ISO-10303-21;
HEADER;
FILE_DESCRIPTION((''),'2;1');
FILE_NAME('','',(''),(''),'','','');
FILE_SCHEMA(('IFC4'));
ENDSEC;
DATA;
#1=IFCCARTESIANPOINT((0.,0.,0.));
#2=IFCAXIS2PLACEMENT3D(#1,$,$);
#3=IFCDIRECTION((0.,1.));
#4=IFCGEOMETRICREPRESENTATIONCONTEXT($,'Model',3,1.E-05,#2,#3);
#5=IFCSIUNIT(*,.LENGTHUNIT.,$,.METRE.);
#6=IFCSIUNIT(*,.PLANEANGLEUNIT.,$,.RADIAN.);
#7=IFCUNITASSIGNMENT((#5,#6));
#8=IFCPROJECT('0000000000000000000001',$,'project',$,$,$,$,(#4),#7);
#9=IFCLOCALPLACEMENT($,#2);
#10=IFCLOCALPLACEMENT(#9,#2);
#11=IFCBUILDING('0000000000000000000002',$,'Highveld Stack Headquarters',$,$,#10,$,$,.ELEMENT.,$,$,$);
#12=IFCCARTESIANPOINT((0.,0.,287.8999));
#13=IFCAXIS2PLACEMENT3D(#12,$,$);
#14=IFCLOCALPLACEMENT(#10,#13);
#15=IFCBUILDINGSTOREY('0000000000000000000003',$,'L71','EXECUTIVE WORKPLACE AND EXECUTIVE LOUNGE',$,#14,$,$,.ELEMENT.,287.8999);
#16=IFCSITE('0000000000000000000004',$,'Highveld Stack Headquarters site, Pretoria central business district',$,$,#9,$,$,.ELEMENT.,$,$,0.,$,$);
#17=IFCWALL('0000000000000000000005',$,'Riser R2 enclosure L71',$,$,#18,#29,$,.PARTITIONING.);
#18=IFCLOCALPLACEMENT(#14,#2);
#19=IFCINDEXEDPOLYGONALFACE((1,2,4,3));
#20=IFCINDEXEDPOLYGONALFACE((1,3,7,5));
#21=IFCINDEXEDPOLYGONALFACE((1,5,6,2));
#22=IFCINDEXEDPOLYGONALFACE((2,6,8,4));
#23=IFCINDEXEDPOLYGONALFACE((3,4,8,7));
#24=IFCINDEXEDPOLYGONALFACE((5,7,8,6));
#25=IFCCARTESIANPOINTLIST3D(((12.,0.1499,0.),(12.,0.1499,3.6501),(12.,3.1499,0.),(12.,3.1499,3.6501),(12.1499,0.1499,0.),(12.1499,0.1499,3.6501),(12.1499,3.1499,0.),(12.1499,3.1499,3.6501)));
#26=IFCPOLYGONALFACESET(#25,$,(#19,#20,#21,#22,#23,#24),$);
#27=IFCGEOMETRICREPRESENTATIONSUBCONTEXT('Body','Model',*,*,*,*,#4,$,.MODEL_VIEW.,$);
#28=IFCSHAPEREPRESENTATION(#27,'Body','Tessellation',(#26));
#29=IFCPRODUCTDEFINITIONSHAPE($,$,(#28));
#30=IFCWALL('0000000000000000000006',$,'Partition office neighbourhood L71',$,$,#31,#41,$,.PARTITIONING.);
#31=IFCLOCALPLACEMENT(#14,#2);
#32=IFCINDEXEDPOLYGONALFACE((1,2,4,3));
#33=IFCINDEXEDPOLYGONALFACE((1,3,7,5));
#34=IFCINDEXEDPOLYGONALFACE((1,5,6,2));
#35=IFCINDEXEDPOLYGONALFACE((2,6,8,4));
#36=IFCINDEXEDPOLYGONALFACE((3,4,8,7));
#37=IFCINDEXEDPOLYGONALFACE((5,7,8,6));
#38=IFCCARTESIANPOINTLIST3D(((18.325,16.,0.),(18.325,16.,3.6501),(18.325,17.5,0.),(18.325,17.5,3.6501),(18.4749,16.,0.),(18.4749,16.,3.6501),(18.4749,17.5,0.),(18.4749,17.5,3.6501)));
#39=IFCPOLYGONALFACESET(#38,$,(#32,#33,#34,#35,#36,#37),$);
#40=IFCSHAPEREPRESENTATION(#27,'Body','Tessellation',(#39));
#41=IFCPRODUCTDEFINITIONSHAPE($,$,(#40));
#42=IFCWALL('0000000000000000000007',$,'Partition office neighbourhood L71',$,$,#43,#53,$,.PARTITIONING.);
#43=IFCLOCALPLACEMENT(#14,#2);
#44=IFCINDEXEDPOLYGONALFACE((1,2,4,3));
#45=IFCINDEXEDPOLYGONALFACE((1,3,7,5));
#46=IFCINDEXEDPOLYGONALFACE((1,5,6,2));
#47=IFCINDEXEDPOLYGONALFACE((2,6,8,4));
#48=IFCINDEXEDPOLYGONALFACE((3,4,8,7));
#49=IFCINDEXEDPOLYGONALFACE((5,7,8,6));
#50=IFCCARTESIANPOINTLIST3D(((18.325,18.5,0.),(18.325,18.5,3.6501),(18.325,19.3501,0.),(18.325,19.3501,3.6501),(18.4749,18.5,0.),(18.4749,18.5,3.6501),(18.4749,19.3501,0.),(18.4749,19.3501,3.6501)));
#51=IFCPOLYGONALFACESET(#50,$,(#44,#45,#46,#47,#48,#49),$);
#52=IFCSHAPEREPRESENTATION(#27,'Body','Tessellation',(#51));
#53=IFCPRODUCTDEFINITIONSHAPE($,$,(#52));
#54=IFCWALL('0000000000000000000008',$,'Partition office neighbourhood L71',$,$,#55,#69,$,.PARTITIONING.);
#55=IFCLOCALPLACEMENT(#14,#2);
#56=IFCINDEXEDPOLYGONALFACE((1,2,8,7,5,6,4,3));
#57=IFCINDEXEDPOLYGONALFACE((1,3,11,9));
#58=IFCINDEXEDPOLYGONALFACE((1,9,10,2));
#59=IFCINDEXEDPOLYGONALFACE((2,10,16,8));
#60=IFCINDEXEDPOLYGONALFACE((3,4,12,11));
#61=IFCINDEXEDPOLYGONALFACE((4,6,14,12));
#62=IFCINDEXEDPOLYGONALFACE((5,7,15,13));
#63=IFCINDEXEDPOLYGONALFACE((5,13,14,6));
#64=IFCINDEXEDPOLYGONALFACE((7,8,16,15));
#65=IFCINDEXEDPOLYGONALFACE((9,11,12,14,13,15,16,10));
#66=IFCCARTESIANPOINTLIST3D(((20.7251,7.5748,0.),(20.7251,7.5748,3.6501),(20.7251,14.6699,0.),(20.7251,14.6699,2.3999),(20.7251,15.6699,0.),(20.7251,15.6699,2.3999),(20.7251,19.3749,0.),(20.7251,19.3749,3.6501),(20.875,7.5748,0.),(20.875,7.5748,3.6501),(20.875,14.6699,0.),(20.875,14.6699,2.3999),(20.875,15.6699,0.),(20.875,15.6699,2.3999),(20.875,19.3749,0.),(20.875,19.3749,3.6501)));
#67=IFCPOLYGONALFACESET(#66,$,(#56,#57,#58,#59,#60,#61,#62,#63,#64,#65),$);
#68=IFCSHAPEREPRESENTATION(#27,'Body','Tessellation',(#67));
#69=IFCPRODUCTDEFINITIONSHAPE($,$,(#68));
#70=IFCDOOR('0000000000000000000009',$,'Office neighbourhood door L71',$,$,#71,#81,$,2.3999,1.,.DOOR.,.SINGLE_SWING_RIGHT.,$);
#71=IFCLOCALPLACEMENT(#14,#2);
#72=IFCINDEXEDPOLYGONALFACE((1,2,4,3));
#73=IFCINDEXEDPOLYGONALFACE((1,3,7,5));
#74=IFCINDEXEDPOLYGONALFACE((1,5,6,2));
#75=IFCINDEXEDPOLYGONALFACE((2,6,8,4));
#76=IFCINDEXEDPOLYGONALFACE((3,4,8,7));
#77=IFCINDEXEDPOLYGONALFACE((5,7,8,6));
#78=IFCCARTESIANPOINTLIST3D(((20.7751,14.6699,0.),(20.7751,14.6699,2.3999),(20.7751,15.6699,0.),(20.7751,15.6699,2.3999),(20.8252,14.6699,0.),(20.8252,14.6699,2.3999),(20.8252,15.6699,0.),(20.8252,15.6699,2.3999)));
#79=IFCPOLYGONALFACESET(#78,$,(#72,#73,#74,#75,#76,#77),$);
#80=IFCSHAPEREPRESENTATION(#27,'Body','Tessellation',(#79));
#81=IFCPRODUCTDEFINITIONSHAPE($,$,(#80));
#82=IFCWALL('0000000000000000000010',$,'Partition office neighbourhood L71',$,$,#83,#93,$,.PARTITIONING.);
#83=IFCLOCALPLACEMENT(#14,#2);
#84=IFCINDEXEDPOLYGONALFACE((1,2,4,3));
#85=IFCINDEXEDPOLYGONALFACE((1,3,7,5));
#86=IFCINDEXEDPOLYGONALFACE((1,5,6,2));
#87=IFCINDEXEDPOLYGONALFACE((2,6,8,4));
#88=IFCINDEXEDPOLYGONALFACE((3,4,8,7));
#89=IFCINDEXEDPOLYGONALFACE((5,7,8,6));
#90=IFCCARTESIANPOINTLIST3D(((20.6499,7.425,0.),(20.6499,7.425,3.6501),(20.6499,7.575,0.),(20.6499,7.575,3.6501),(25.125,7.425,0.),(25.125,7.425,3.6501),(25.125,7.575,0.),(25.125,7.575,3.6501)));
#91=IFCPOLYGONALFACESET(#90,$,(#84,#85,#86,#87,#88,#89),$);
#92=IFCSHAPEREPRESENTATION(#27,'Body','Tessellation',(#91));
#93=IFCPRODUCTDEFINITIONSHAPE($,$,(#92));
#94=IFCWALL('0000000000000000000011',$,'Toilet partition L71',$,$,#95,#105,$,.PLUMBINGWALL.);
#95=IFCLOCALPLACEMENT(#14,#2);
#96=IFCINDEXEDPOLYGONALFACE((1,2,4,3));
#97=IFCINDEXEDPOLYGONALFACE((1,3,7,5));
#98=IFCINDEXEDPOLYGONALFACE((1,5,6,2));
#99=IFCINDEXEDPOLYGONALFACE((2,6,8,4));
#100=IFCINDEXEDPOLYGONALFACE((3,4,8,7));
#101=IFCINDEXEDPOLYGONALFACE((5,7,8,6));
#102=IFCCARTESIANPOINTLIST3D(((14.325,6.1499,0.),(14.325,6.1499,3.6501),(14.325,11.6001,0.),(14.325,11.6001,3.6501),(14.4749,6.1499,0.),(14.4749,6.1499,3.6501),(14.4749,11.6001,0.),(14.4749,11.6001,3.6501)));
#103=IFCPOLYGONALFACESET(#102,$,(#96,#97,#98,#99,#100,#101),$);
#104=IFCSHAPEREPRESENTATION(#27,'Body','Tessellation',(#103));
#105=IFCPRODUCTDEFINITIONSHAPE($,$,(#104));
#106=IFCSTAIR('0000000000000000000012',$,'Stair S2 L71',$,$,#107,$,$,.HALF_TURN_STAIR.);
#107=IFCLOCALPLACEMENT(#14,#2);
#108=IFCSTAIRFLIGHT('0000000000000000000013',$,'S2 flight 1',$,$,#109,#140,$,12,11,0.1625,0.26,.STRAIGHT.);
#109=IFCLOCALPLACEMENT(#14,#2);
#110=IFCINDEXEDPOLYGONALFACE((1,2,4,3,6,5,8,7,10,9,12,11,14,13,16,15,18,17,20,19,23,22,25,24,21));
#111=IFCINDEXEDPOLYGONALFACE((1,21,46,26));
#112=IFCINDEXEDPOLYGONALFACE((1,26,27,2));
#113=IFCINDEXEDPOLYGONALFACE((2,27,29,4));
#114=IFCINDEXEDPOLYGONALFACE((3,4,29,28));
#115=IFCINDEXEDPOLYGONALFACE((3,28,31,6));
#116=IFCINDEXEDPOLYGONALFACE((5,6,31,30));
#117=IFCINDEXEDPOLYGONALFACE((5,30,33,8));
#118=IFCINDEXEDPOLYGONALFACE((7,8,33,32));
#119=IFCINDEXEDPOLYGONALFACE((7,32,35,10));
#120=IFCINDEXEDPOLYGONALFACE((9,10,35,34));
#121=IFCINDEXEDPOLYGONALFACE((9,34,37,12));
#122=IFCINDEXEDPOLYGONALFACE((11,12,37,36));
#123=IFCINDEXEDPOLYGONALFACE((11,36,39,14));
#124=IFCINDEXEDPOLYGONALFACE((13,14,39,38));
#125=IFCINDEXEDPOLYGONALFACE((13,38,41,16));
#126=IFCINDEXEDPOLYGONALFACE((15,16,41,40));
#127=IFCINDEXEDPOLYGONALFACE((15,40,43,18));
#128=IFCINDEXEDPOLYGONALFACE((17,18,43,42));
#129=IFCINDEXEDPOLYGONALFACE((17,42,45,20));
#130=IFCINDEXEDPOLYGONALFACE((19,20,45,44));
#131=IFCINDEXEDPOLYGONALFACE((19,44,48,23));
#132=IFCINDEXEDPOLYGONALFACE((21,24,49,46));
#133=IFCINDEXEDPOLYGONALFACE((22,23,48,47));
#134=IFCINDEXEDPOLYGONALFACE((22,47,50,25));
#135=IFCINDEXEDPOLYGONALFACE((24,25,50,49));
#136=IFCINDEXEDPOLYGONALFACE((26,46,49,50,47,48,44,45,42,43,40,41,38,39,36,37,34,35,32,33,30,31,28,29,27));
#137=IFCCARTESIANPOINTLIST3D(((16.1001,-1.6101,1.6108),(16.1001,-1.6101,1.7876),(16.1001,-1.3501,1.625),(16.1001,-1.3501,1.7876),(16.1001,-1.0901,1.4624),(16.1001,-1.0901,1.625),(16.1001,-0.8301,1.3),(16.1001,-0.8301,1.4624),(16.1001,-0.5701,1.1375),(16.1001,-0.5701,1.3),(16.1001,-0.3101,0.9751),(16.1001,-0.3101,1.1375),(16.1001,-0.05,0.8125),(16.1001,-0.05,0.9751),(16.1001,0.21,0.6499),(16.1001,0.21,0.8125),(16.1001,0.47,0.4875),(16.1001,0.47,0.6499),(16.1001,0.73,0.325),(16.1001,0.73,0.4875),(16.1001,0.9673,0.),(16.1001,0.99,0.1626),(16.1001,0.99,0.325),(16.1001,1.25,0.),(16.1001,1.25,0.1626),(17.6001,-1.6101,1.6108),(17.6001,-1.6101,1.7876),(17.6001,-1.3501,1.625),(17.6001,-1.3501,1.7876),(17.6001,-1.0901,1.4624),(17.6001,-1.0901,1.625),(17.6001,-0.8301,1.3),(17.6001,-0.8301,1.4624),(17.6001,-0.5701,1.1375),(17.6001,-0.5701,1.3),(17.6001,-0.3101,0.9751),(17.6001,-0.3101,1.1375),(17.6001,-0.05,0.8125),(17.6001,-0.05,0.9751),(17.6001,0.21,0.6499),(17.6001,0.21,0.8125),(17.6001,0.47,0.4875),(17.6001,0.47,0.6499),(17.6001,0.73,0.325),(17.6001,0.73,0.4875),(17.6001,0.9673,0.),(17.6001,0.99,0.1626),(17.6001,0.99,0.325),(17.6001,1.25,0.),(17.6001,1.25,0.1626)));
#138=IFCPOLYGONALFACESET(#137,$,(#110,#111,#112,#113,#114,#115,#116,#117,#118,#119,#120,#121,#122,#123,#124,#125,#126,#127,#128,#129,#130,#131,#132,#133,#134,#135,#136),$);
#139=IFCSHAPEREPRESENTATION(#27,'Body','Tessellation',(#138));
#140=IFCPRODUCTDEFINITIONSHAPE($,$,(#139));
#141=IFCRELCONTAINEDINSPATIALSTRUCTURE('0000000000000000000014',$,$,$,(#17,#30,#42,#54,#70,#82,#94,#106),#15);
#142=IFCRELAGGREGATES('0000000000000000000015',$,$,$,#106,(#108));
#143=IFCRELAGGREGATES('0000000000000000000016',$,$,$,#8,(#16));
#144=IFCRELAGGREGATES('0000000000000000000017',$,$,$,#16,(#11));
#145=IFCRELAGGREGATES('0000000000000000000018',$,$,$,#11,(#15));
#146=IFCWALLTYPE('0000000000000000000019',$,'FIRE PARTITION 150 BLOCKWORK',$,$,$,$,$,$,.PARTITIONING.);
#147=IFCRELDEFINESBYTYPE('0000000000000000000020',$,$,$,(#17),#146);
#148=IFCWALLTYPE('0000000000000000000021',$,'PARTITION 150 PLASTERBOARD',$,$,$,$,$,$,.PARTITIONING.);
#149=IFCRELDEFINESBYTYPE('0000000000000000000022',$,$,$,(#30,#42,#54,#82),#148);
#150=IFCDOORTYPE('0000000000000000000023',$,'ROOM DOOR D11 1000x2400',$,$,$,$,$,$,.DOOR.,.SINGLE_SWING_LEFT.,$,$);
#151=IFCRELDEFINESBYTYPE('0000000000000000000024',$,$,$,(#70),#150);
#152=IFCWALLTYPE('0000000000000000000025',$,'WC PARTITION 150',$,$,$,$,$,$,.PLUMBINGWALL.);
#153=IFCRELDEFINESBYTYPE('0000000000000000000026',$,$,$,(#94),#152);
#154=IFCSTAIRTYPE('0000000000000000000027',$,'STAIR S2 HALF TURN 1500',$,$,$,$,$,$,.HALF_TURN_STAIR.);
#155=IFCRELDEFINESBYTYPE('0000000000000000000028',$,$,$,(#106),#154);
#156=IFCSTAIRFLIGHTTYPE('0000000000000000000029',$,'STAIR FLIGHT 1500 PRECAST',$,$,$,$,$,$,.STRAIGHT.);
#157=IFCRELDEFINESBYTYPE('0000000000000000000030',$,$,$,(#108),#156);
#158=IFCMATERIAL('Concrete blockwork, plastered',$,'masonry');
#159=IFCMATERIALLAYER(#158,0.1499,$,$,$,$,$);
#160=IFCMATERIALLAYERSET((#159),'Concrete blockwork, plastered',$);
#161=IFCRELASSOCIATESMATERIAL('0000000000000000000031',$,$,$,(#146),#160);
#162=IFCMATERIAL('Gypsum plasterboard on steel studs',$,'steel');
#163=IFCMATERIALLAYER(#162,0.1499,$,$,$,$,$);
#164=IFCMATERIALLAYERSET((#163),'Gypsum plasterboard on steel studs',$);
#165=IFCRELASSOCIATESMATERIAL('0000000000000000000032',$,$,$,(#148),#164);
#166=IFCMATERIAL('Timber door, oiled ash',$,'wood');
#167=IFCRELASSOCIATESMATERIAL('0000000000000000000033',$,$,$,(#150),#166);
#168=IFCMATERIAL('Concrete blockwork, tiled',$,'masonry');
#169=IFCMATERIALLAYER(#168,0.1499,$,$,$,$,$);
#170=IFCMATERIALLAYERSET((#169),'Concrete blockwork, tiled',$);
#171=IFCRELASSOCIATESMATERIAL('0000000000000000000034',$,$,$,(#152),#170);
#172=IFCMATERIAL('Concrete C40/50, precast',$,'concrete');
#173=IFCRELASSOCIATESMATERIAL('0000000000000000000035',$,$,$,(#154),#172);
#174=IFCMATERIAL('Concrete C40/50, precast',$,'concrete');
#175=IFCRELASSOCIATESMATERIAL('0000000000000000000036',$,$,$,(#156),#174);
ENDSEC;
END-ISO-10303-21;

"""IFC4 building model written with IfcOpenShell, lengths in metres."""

from ifc_helpers import new_model, si_unit, direction, frame, frame_2d, origin, place, context, subcontext, project, spatial, polyline, rectangle, outline, extrude, material, layer, layer_set, type_object, element, fill, aggregate, save


model = new_model("IFC4")

# Units and contexts
model_context = context("Model", 3, precision=1e-05, world=origin(), true_north=direction((0.0, 1.0)))
body_context = subcontext(model_context, "Body", "Model", "MODEL_VIEW")
ifc_project = project(units=[si_unit("LENGTHUNIT", "METRE"), si_unit("PLANEANGLEUNIT", "RADIAN")], contexts=[model_context])

# Site, building, storey
site_placement = place(None, origin())
site = spatial("IfcSite", under=ifc_project, at=site_placement, Name="Highveld Stack Headquarters site, Pretoria central business district", CompositionType="ELEMENT", RefElevation=0.0)
building_placement = place(site_placement, origin())
building = spatial("IfcBuilding", under=site, at=building_placement, Name="Highveld Stack Headquarters", CompositionType="ELEMENT")
storey_placement = place(building_placement, frame((0.0, 0.0, 287.8999)))
storey = spatial("IfcBuildingStorey", under=building, at=storey_placement, Name="L71", Description="EXECUTIVE WORKPLACE AND EXECUTIVE LOUNGE", CompositionType="ELEMENT", Elevation=287.8999)

# Walls
ifc_material_1 = material(Name="Concrete blockwork, plastered", Category="masonry")
ifc_layer_1 = layer(ifc_material_1, 0.1499)
ifc_layer_set_1 = layer_set([ifc_layer_1], Name="Concrete blockwork, plastered")
wall_type_1 = type_object("IfcWallType", Name="FIRE PARTITION 150 BLOCKWORK", PredefinedType="PARTITIONING", material=ifc_layer_set_1)
wall_1_placement = place(storey_placement, frame((12.075, 0.1499, 0.0), z_axis=(0.0, 0.0, 1.0), x_axis=(0.0, 1.0, 0.0)))
element("IfcWall", 1, at=wall_1_placement, inside=storey, type_object=wall_type_1, Name="Riser R2 enclosure L71", PredefinedType="PARTITIONING", context=body_context, shape_type="SweptSolid", body=[
    extrude(rectangle(XDim=3.0, YDim=0.1499, at=frame_2d((1.5, 0.0))), origin(), (0.0, 0.0, 1.0), 3.6501),
])
ifc_material_2 = material(Name="Gypsum plasterboard on steel studs", Category="steel")
ifc_layer_2 = layer(ifc_material_2, 0.1499)
ifc_layer_set_2 = layer_set([ifc_layer_2], Name="Gypsum plasterboard on steel studs")
wall_type_2 = type_object("IfcWallType", Name="PARTITION 150 PLASTERBOARD", PredefinedType="PARTITIONING", material=ifc_layer_set_2)
wall_2_placement = place(storey_placement, frame((18.3999, 16.0, 0.0), z_axis=(0.0, 0.0, 1.0), x_axis=(0.0, 1.0, 0.0)))
element("IfcWall", 2, at=wall_2_placement, inside=storey, type_object=wall_type_2, Name="Partition office neighbourhood L71", PredefinedType="PARTITIONING", context=body_context, shape_type="SweptSolid", body=[
    extrude(rectangle(XDim=1.5, YDim=0.1499, at=frame_2d((0.75, 0.0))), origin(), (0.0, 0.0, 1.0), 3.6501),
])
wall_3_placement = place(storey_placement, frame((18.3999, 18.5, 0.0), z_axis=(0.0, 0.0, 1.0), x_axis=(0.0, 1.0, 0.0)))
element("IfcWall", 3, at=wall_3_placement, inside=storey, type_object=wall_type_2, Name="Partition office neighbourhood L71", PredefinedType="PARTITIONING", context=body_context, shape_type="SweptSolid", body=[
    extrude(rectangle(XDim=0.8501, YDim=0.1499, at=frame_2d((0.425, 0.0))), origin(), (0.0, 0.0, 1.0), 3.6501),
])

# Wall, opening, door
wall_4_placement = place(storey_placement, frame((20.8, 7.575, 0.0), z_axis=(0.0, 0.0, 1.0), x_axis=(0.0, 1.0, 0.0)))
wall_4 = element("IfcWall", 4, at=wall_4_placement, inside=storey, type_object=wall_type_2, Name="Partition office neighbourhood L71", PredefinedType="PARTITIONING", context=body_context, shape_type="SweptSolid", body=[
    extrude(rectangle(XDim=11.8, YDim=0.1499, at=frame_2d((5.8999, 0.0))), origin(), (0.0, 0.0, 1.0), 3.6501),
])
opening_1_placement = place(wall_4_placement, frame((7.095, 0.0, 0.0)))
opening_1 = element("IfcOpeningElement", 5, at=opening_1_placement, cuts=wall_4, PredefinedType="OPENING", context=body_context, shape_type="SweptSolid", body=[
    extrude(rectangle(XDim=1.0, YDim=2.3999, at=frame_2d((0.5, 1.2))), frame((0.0, 0.085, 0.0), z_axis=(0.0, -1.0, 0.0), x_axis=(1.0, 0.0, 0.0)), (0.0, 0.0, 1.0), 0.1699),
])
ifc_material_3 = material(Name="Timber door, oiled ash", Category="wood")
door_type_1 = type_object("IfcDoorType", Name="ROOM DOOR D11 1000x2400", OperationType="SINGLE_SWING_LEFT", PredefinedType="DOOR", material=ifc_material_3)
door_1_placement = place(opening_1_placement, origin())
door_1 = element("IfcDoor", 6, at=door_1_placement, inside=storey, type_object=door_type_1, Name="Office neighbourhood door L71", OperationType="SINGLE_SWING_RIGHT", OverallHeight=2.3999, OverallWidth=1.0, PredefinedType="DOOR", context=body_context, shape_type="SweptSolid", body=[
    extrude(rectangle(XDim=1.0, YDim=2.3999, at=frame_2d((0.5, 1.2))), frame((0.0, 0.0249, 0.0), z_axis=(0.0, -1.0, 0.0), x_axis=(1.0, 0.0, 0.0)), (0.0, 0.0, 1.0), 0.05),
])
fill(opening_1, door_1)

# Walls
wall_5_placement = place(storey_placement, frame((20.6499, 7.5, 0.0), z_axis=(0.0, 0.0, 1.0), x_axis=(1.0, 0.0, 0.0)))
element("IfcWall", 7, at=wall_5_placement, inside=storey, type_object=wall_type_2, Name="Partition office neighbourhood L71", PredefinedType="PARTITIONING", context=body_context, shape_type="SweptSolid", body=[
    extrude(rectangle(XDim=4.4751, YDim=0.1499, at=frame_2d((2.2375, 0.0))), origin(), (0.0, 0.0, 1.0), 3.6501),
])
ifc_material_4 = material(Name="Concrete blockwork, tiled", Category="masonry")
ifc_layer_3 = layer(ifc_material_4, 0.1499)
ifc_layer_set_3 = layer_set([ifc_layer_3], Name="Concrete blockwork, tiled")
wall_type_3 = type_object("IfcWallType", Name="WC PARTITION 150", PredefinedType="PLUMBINGWALL", material=ifc_layer_set_3)
wall_6_placement = place(storey_placement, frame((14.3999, 6.1499, 0.0), z_axis=(0.0, 0.0, 1.0), x_axis=(0.0, 1.0, 0.0)))
element("IfcWall", 8, at=wall_6_placement, inside=storey, type_object=wall_type_3, Name="Toilet partition L71", PredefinedType="PLUMBINGWALL", context=body_context, shape_type="SweptSolid", body=[
    extrude(rectangle(XDim=5.4502, YDim=0.1499, at=frame_2d((2.7251, 0.0))), origin(), (0.0, 0.0, 1.0), 3.6501),
])

# Stair, stair flight
ifc_material_5 = material(Name="Concrete C40/50, precast", Category="concrete")
stair_type = type_object("IfcStairType", Name="STAIR S2 HALF TURN 1500", PredefinedType="HALF_TURN_STAIR", material=ifc_material_5)
stair_placement = place(storey_placement, origin())
stair = element("IfcStair", 9, at=stair_placement, inside=storey, type_object=stair_type, Name="Stair S2 L71", PredefinedType="HALF_TURN_STAIR")
ifc_material_6 = material(Name="Concrete C40/50, precast", Category="concrete")
stair_flight_type = type_object("IfcStairFlightType", Name="STAIR FLIGHT 1500 PRECAST", PredefinedType="STRAIGHT", material=ifc_material_6)
stair_flight_placement = place(storey_placement, frame((16.8501, 1.25, 0.0), z_axis=(0.0, 0.0, 1.0), x_axis=(0.0, -1.0, 0.0)))
stair_flight = element("IfcStairFlight", 10, at=stair_flight_placement, type_object=stair_flight_type, Name="S2 flight 1", NumberOfRisers=12, NumberOfTreads=11, PredefinedType="STRAIGHT", RiserHeight=0.1625, TreadLength=0.26, context=body_context, shape_type="SweptSolid", body=[
    extrude(outline(polyline([(0.0, 0.0), (0.0, 0.1626), (0.26, 0.1626), (0.26, 0.325), (0.52, 0.325), (0.52, 0.4875), (0.78, 0.4875), (0.78, 0.6499), (1.04, 0.6499), (1.04, 0.8125), (1.3, 0.8125), (1.3, 0.9751), (1.5601, 0.9751), (1.5601, 1.1375), (1.8201, 1.1375), (1.8201, 1.3), (2.0801, 1.3), (2.0801, 1.4624), (2.3401, 1.4624), (2.3401, 1.625), (2.6001, 1.625), (2.6001, 1.7876), (2.8601, 1.7876), (2.8601, 1.95), (2.8601, 1.6108), (0.2827, 0.0), (0.0, 0.0)])), frame((0.0, 0.75, 0.0), z_axis=(0.0, -1.0, 0.0), x_axis=(1.0, 0.0, 0.0)), (0.0, 0.0, 1.0), 1.5),
])
aggregate(stair, [stair_flight])

save(model, "model.ifc")
